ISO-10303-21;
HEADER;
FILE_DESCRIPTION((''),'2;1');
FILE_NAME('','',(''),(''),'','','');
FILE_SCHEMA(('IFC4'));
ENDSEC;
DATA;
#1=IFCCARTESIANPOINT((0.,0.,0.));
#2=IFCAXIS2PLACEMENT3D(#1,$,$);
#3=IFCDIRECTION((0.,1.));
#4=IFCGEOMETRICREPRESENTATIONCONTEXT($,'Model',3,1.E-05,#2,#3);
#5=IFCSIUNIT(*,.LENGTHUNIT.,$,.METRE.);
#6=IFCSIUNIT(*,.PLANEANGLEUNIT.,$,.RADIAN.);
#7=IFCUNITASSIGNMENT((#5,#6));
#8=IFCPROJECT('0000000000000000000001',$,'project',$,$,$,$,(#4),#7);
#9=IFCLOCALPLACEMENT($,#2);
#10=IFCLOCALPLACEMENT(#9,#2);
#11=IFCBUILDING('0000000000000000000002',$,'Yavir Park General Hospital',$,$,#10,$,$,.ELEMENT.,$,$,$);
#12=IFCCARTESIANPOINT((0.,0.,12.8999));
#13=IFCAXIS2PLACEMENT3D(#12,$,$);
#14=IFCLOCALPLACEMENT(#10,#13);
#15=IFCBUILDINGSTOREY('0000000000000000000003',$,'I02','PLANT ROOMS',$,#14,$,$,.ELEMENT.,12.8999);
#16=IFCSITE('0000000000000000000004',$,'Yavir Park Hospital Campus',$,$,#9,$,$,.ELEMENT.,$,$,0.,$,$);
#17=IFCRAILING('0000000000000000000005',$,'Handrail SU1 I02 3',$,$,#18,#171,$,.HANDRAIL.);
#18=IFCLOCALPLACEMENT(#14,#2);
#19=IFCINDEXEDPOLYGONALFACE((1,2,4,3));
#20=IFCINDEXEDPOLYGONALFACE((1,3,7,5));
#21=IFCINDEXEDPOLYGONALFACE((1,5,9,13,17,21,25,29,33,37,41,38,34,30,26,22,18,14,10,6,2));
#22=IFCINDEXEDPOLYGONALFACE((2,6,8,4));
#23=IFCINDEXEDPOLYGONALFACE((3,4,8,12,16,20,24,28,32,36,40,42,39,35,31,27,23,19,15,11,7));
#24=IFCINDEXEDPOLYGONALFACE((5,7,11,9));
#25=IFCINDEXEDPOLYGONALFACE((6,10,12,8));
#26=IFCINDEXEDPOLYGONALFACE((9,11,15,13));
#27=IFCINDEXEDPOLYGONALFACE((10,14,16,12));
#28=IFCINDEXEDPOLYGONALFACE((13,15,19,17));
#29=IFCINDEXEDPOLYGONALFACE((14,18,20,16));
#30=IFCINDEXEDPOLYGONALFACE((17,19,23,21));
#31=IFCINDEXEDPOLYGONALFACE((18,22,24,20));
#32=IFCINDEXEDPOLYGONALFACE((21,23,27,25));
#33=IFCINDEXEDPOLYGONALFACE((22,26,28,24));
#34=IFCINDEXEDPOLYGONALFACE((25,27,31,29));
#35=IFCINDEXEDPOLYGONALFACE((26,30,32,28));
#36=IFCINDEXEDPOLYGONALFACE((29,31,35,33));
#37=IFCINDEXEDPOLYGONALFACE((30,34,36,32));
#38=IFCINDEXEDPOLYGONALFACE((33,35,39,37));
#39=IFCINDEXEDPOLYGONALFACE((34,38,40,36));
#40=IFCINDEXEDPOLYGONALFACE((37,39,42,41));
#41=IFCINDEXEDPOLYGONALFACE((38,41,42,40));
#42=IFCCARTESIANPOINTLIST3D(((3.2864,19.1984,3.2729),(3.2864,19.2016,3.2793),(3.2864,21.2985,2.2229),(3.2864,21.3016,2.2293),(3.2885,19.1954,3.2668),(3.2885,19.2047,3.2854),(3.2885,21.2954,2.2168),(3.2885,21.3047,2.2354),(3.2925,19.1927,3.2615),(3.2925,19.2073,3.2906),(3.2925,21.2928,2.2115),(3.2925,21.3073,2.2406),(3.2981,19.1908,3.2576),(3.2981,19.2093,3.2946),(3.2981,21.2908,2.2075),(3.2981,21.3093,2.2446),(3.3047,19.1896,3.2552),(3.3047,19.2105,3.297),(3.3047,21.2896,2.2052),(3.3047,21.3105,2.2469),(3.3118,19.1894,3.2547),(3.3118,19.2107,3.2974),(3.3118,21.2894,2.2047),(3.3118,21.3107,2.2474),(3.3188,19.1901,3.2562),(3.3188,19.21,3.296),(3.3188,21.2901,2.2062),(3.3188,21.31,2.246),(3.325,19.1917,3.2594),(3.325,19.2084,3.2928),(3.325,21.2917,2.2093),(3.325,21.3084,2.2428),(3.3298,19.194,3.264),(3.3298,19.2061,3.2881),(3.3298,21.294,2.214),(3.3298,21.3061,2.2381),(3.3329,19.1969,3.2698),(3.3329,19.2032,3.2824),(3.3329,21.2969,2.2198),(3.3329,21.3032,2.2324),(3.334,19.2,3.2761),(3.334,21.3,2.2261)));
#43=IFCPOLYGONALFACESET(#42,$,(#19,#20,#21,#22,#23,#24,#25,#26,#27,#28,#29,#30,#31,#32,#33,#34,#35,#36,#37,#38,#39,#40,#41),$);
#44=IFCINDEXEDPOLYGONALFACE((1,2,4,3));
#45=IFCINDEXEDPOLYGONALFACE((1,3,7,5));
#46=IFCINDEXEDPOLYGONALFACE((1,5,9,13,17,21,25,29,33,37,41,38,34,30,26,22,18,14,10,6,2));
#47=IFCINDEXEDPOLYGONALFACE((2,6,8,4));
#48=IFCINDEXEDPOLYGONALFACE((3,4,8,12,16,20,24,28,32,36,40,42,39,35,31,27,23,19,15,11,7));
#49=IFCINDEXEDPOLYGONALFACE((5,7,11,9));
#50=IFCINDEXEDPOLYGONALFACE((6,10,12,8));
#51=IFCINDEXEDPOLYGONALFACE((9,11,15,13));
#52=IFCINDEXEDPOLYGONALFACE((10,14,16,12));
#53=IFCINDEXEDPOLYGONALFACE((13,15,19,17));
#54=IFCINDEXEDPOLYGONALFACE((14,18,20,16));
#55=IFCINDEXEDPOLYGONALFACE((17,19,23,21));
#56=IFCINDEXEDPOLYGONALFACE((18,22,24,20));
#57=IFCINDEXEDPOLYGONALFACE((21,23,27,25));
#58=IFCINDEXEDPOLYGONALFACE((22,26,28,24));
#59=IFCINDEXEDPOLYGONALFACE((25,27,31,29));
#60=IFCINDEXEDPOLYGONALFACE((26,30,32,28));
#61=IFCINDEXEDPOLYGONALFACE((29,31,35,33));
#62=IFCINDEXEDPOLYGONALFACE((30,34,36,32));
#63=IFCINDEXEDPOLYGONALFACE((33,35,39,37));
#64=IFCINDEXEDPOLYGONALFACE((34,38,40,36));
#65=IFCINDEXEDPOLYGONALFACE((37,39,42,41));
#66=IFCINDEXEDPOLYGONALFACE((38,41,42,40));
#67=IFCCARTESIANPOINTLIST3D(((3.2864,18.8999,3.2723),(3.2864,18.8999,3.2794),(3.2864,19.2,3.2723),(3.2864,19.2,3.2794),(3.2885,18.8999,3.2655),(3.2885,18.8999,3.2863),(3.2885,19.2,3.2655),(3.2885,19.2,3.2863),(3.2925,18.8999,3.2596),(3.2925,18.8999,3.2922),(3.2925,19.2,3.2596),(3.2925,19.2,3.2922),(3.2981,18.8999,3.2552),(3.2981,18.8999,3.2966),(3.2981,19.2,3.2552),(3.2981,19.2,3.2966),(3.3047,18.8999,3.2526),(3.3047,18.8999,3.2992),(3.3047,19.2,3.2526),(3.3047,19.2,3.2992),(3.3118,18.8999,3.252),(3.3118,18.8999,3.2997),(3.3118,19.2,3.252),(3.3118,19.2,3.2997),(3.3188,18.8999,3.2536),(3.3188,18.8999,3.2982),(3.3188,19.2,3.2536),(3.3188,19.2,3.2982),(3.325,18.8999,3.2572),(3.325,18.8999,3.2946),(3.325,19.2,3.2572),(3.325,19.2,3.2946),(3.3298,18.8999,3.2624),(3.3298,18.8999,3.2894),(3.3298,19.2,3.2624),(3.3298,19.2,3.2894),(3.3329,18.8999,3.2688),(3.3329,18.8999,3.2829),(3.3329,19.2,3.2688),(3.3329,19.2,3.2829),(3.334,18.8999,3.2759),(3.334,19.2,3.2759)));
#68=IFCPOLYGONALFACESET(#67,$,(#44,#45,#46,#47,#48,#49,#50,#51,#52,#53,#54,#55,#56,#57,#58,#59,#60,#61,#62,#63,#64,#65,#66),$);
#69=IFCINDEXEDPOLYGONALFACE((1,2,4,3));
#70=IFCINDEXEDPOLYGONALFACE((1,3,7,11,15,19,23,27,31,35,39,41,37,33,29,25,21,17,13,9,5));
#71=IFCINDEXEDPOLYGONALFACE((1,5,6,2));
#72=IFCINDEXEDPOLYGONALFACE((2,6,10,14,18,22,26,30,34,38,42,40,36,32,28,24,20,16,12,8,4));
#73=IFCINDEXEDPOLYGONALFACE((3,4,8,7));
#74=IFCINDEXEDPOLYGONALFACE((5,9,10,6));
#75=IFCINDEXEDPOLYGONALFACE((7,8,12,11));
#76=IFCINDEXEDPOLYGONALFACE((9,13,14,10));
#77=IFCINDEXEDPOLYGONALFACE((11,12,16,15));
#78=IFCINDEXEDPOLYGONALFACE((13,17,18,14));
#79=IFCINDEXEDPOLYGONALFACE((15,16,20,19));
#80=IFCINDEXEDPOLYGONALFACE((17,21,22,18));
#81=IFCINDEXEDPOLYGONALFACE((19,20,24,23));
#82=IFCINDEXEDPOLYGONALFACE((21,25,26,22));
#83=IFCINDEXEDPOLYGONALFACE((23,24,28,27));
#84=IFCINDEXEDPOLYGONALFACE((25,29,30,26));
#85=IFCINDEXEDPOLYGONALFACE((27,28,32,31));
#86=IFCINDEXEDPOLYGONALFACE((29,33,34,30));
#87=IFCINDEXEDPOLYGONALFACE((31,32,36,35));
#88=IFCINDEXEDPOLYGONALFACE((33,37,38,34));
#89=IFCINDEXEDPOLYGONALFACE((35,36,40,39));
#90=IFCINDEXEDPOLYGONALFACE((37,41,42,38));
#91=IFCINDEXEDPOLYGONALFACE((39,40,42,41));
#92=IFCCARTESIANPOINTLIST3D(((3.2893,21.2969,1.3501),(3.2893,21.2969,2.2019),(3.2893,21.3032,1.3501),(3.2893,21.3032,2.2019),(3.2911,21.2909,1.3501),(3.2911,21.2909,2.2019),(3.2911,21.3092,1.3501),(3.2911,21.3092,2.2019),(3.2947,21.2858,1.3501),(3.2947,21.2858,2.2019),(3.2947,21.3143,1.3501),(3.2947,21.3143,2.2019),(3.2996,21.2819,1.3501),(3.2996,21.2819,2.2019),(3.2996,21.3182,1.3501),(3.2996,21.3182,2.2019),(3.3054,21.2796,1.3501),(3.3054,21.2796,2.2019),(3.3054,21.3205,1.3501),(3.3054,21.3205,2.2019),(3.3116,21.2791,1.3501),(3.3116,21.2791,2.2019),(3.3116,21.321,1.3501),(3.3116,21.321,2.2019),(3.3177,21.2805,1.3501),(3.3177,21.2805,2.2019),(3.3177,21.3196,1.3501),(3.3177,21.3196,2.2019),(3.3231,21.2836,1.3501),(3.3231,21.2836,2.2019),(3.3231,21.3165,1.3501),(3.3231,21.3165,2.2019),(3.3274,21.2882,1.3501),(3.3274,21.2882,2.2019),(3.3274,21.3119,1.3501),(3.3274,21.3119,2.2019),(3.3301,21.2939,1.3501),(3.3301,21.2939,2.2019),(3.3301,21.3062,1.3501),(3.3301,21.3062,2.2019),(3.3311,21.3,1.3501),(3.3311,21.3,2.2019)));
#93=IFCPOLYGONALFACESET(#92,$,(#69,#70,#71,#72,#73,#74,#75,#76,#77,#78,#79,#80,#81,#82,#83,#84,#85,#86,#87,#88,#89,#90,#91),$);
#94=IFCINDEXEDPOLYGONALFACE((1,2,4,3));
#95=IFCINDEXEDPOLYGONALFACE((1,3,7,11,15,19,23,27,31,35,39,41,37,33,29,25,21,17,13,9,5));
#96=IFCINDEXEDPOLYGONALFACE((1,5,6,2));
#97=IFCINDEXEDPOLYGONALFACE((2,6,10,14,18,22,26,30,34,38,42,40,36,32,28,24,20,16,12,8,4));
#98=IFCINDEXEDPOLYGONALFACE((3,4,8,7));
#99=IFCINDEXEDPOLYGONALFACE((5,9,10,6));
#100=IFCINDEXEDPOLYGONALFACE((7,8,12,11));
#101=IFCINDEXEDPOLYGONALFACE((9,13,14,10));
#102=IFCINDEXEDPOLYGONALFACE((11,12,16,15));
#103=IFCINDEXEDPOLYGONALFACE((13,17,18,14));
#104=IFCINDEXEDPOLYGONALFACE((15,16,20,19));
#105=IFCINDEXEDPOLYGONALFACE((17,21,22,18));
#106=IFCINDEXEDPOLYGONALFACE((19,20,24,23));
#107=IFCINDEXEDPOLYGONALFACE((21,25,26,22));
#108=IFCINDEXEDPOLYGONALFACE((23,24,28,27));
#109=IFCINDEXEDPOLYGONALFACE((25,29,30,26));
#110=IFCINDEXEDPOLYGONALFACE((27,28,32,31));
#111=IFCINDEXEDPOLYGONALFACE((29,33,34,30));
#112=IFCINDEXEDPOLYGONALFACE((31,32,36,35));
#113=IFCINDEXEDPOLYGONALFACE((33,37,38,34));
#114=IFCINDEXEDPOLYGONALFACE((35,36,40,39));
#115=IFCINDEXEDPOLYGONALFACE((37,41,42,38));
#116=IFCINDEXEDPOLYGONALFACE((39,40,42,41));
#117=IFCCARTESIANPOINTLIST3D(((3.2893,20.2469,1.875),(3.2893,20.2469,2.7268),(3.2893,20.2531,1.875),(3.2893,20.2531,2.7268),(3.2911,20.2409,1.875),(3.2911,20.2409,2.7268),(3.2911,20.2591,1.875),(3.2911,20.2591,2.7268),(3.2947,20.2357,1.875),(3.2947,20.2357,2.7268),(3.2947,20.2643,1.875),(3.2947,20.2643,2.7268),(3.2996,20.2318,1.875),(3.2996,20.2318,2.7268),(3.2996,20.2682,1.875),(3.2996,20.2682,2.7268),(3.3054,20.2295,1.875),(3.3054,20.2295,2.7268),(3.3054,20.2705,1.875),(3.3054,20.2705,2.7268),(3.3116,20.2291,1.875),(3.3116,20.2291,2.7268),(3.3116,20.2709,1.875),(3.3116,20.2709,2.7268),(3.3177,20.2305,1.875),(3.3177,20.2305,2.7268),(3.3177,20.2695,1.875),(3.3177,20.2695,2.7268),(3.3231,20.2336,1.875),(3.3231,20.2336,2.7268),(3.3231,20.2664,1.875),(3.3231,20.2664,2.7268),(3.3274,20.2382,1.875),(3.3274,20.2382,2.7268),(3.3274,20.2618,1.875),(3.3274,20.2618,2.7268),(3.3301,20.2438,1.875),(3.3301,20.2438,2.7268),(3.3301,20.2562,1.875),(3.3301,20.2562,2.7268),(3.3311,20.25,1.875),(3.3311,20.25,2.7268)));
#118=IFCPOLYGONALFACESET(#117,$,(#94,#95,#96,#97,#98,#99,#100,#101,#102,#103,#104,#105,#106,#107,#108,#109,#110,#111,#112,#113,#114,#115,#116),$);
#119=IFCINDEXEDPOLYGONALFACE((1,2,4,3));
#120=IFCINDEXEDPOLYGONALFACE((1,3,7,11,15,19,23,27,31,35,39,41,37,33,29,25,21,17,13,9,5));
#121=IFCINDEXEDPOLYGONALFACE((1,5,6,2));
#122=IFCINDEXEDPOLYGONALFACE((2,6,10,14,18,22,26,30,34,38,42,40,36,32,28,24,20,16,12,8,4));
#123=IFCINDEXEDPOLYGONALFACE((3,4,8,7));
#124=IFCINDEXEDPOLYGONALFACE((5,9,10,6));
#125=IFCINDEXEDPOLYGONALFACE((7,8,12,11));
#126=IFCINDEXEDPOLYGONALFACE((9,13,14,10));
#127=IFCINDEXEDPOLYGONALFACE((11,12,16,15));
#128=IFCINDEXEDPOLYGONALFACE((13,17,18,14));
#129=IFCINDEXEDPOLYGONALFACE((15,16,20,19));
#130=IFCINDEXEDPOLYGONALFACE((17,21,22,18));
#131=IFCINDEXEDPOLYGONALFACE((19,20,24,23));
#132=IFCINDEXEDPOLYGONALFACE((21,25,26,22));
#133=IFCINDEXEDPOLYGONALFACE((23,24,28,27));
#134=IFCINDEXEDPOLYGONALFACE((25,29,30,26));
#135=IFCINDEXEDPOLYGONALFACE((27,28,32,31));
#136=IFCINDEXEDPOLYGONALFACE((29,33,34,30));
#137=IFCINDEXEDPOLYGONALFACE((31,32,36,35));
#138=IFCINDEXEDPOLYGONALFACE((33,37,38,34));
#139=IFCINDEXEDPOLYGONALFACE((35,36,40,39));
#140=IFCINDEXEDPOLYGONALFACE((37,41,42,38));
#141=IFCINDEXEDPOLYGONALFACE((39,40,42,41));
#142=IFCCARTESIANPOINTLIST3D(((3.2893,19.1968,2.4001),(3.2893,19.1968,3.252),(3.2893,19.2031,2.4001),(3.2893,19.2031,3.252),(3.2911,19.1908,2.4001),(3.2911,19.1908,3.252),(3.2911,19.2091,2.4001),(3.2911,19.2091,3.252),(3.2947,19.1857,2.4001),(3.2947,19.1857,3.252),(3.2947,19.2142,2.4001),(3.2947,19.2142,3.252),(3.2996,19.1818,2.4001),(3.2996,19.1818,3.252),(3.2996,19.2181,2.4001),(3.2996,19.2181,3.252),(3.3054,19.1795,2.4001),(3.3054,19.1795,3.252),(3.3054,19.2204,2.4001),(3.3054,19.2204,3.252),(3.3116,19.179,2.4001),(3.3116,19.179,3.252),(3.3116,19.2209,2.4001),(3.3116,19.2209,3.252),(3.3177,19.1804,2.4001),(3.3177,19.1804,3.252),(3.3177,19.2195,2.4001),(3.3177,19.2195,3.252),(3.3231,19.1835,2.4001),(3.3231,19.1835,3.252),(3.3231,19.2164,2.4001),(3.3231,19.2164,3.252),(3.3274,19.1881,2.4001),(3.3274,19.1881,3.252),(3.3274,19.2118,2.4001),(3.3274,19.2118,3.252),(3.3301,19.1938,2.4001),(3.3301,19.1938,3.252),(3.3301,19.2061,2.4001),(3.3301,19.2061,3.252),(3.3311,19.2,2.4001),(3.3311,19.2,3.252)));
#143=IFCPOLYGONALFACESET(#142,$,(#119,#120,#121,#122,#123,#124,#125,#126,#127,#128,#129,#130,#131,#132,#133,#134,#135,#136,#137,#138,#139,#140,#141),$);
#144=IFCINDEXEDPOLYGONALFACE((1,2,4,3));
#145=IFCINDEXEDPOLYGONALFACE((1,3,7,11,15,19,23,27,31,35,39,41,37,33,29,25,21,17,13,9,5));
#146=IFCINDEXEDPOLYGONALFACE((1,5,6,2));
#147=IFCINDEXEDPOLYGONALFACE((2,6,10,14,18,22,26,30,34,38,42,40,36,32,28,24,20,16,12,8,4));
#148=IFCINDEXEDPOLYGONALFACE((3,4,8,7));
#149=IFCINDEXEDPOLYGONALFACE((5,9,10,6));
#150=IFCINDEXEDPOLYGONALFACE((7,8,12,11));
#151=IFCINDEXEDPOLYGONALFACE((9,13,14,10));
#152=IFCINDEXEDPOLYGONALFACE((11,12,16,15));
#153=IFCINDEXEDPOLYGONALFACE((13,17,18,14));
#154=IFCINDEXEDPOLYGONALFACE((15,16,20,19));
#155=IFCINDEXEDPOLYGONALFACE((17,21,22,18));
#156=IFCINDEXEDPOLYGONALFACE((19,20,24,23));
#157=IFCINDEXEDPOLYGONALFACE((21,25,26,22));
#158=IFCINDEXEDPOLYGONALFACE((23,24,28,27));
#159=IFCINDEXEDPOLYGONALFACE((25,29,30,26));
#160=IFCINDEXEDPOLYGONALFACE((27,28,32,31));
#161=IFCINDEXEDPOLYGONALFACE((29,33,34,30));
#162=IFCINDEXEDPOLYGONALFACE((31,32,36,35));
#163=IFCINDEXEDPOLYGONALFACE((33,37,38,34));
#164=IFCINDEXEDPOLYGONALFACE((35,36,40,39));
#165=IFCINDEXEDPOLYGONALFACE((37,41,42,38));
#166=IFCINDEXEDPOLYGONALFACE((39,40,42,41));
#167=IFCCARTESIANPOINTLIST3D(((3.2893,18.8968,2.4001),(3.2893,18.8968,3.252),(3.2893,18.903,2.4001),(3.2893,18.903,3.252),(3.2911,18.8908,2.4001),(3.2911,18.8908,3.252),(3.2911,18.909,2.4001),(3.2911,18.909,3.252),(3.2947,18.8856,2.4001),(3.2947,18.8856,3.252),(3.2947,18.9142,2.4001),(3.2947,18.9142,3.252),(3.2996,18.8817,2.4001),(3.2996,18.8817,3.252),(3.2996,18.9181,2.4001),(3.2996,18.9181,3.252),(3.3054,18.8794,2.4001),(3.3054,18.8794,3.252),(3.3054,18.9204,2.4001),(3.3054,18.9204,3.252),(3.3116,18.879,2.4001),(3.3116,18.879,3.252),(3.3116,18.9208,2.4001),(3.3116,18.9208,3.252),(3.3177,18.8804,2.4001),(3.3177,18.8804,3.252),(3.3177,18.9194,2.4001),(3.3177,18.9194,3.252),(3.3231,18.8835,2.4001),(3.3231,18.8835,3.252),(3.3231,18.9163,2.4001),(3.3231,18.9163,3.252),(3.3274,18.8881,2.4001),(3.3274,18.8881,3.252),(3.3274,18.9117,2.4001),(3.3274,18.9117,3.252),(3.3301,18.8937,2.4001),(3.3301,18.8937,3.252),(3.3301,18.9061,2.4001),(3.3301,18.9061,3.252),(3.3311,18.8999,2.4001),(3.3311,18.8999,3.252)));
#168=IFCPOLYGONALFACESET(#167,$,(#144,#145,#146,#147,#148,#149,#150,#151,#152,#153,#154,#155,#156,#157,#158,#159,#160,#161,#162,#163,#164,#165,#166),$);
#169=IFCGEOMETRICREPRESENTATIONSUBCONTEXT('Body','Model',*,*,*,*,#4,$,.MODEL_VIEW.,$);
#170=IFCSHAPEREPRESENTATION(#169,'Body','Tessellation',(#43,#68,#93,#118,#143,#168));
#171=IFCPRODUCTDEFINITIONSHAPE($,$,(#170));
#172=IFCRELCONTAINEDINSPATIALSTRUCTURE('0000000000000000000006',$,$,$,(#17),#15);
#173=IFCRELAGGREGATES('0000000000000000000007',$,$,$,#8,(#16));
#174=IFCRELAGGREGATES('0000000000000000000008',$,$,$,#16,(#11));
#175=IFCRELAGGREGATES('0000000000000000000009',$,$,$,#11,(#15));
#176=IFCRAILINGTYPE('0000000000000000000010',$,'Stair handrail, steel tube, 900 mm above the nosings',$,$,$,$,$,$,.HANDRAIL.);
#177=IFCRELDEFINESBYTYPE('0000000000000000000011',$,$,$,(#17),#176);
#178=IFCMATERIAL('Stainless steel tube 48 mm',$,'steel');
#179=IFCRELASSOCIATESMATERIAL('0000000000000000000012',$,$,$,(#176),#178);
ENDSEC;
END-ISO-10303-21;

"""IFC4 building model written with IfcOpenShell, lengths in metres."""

from ifc_helpers import new_model, si_unit, direction, frame, origin, origin_2d, place, context, subcontext, project, spatial, circle, extrude, material, type_object, element, save


model = new_model("IFC4")

# Units and contexts
model_context = context("Model", 3, precision=1e-05, world=origin(), true_north=direction((0.0, 1.0)))
body_context = subcontext(model_context, "Body", "Model", "MODEL_VIEW")
ifc_project = project(units=[si_unit("LENGTHUNIT", "METRE"), si_unit("PLANEANGLEUNIT", "RADIAN")], contexts=[model_context])

# Site, building, storey
site_placement = place(None, origin())
site = spatial("IfcSite", under=ifc_project, at=site_placement, Name="Yavir Park Hospital Campus", CompositionType="ELEMENT", RefElevation=0.0)
building_placement = place(site_placement, origin())
building = spatial("IfcBuilding", under=site, at=building_placement, Name="Yavir Park General Hospital", CompositionType="ELEMENT")
storey_placement = place(building_placement, frame((0.0, 0.0, 12.8999)))
storey = spatial("IfcBuildingStorey", under=building, at=storey_placement, Name="I02", Description="PLANT ROOMS", CompositionType="ELEMENT", Elevation=12.8999)

# Railing
ifc_material_1 = material(Name="Stainless steel tube 48 mm", Category="steel")
railing_type_1 = type_object("IfcRailingType", Name="Stair handrail, steel tube, 900 mm above the nosings", PredefinedType="HANDRAIL", material=ifc_material_1)
for number, where, name in (
    (1, (3.3101, 21.3, 1.3501), "Handrail SU1 I02 3"),
):
    element("IfcRailing", number, at=place(storey_placement, frame(where)), inside=storey, type_object=railing_type_1, Name=name, PredefinedType="HANDRAIL", context=body_context, shape_type="SweptSolid", body=[
        extrude(circle(Radius=0.0239, at=origin_2d()), frame((0.0, 0.0, 0.876), z_axis=(0.0, -0.894427, 0.447214), x_axis=(1.0, 0.0, 0.0)), (0.0, 0.0, 1.0), 2.3479),
        extrude(circle(Radius=0.0239, at=origin_2d()), frame((0.0, -2.1001, 1.9258), z_axis=(0.0, -1.0, 0.0), x_axis=(1.0, 0.0, 0.0)), (0.0, 0.0, 1.0), 0.3),
        extrude(circle(Radius=0.021, at=origin_2d()), origin(), (0.0, 0.0, 1.0), 0.8518),
        extrude(circle(Radius=0.021, at=origin_2d()), frame((0.0, -1.05, 0.5249)), (0.0, 0.0, 1.0), 0.8518),
        extrude(circle(Radius=0.021, at=origin_2d()), frame((0.0, -2.1001, 1.05)), (0.0, 0.0, 1.0), 0.8518),
        extrude(circle(Radius=0.021, at=origin_2d()), frame((0.0, -2.4001, 1.05)), (0.0, 0.0, 1.0), 0.8518),
    ])

save(model, "model.ifc")
